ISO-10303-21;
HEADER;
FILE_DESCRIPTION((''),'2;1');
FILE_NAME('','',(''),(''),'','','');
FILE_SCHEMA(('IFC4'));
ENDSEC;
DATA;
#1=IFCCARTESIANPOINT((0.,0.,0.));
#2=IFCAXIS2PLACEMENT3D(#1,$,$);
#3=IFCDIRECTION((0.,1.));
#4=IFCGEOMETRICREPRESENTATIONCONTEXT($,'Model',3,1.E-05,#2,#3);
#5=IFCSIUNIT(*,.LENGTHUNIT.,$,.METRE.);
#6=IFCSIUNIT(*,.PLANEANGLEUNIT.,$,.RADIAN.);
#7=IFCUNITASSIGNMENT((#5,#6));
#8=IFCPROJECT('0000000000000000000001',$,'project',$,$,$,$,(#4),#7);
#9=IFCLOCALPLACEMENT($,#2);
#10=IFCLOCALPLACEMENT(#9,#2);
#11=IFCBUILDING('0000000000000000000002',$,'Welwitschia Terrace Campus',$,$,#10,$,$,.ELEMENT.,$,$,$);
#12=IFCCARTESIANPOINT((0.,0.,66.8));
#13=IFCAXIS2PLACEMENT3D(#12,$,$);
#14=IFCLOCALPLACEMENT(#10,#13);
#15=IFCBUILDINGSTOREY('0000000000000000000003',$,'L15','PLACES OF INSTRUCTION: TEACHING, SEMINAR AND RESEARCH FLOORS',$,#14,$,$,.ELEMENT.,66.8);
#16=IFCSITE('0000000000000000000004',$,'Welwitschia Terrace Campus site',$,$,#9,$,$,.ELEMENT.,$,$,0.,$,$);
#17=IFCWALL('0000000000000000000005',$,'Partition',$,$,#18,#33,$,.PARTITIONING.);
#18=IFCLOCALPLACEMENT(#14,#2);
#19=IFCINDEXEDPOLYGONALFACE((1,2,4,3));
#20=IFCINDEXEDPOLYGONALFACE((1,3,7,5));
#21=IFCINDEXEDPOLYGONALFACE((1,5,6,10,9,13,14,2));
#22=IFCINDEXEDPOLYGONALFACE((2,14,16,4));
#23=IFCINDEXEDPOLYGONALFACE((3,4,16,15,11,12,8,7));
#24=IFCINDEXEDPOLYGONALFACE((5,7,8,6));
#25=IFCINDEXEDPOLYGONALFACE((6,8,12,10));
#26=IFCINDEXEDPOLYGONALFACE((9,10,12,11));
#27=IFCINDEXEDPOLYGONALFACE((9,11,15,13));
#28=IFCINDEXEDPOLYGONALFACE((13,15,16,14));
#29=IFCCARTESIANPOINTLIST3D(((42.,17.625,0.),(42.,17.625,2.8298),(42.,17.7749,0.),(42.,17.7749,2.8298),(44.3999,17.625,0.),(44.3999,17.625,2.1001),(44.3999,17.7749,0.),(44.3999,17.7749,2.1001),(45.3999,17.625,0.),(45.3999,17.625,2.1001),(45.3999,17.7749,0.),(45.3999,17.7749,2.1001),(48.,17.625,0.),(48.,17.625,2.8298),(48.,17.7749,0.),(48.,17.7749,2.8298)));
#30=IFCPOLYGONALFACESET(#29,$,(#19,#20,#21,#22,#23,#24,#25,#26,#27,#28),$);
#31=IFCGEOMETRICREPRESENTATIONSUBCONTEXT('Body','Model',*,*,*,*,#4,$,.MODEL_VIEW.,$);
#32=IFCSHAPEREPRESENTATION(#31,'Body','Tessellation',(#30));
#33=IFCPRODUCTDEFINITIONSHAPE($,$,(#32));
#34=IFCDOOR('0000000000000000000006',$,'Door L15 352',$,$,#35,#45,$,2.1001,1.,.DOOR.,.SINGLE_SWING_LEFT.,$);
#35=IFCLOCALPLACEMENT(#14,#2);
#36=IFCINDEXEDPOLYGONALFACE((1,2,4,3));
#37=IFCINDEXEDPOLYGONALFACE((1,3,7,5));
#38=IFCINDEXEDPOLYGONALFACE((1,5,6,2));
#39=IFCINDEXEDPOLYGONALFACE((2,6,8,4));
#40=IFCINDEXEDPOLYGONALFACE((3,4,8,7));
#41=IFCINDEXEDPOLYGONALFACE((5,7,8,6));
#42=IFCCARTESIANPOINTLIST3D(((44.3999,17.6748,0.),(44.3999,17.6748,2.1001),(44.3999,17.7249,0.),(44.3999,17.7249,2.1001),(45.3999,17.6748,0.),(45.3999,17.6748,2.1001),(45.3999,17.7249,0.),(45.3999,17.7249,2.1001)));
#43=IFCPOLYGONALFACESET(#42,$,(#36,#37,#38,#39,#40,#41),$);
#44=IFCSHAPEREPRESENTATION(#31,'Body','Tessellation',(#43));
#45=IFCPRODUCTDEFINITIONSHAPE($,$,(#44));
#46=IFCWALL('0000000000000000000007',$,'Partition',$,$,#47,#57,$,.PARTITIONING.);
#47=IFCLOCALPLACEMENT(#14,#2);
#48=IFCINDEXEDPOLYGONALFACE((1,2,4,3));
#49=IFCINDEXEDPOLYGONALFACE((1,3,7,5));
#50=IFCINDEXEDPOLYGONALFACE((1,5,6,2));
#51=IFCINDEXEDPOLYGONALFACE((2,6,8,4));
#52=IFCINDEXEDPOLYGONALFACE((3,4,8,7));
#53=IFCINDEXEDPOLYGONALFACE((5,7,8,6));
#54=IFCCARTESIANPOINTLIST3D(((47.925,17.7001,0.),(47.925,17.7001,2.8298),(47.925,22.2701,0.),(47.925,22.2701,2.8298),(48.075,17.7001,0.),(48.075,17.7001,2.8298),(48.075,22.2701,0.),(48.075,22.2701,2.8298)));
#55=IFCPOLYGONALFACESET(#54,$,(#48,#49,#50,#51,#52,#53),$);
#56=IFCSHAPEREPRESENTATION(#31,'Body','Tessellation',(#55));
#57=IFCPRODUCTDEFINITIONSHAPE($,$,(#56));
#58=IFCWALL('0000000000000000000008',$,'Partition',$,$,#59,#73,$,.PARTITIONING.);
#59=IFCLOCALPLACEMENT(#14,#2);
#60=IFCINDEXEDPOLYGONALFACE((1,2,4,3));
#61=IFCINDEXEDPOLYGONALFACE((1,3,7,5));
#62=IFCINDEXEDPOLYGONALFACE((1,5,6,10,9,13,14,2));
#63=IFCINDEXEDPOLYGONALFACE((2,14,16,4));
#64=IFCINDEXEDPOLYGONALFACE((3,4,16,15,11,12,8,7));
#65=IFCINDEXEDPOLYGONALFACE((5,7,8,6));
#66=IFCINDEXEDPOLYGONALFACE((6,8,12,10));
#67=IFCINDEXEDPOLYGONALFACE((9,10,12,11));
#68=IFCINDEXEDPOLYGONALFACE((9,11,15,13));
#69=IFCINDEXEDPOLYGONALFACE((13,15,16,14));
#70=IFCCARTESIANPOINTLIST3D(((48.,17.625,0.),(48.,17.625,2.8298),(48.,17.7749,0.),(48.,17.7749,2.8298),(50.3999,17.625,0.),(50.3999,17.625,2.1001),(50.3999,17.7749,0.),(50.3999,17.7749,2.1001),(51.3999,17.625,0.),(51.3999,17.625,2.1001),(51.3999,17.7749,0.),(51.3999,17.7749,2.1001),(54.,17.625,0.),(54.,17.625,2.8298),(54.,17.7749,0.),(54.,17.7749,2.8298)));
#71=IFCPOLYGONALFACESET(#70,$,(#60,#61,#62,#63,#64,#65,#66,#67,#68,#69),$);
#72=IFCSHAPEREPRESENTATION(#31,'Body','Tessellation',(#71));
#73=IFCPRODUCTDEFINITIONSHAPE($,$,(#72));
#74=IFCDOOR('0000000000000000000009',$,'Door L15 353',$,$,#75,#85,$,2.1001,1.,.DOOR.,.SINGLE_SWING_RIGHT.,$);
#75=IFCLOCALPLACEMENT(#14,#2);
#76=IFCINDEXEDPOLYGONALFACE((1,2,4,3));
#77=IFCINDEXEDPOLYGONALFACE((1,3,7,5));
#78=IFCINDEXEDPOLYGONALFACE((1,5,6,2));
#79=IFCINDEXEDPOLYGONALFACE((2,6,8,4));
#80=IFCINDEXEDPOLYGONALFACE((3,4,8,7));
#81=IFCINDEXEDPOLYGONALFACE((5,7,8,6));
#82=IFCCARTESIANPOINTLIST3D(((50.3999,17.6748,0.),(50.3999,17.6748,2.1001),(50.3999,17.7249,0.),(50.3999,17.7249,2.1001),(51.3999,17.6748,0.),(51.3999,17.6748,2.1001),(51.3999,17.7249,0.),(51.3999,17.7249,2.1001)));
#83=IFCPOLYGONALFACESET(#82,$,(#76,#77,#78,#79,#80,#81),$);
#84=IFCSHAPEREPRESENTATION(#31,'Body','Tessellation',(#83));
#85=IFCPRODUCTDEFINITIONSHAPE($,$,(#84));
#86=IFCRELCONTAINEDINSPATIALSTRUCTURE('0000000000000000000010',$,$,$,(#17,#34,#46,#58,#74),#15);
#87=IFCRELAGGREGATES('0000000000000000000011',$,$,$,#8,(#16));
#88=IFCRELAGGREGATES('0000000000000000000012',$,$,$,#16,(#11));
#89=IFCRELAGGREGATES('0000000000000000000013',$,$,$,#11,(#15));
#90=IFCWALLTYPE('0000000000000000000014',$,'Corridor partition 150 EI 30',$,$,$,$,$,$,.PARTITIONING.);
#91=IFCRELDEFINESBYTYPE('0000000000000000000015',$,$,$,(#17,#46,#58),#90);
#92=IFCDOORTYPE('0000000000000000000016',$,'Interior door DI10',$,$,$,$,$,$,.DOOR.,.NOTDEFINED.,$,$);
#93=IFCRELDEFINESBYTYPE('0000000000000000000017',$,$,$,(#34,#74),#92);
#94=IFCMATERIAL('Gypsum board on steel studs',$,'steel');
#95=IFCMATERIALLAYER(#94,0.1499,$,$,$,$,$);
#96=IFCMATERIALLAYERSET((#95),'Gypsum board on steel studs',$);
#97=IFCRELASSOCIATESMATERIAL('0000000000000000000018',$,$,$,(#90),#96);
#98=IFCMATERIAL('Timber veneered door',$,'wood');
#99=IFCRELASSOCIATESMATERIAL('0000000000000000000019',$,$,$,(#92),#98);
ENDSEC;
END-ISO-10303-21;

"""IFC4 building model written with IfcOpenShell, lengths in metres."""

from ifc_helpers import new_model, si_unit, direction, frame, frame_2d, origin, place, context, subcontext, project, spatial, rectangle, extrude, material, layer, layer_set, type_object, element, fill, save


model = new_model("IFC4")

# Units and contexts
model_context = context("Model", 3, precision=1e-05, world=origin(), true_north=direction((0.0, 1.0)))
body_context = subcontext(model_context, "Body", "Model", "MODEL_VIEW")
ifc_project = project(units=[si_unit("LENGTHUNIT", "METRE"), si_unit("PLANEANGLEUNIT", "RADIAN")], contexts=[model_context])

# Site, building, storey
site_placement = place(None, origin())
site = spatial("IfcSite", under=ifc_project, at=site_placement, Name="Welwitschia Terrace Campus site", CompositionType="ELEMENT", RefElevation=0.0)
building_placement = place(site_placement, origin())
building = spatial("IfcBuilding", under=site, at=building_placement, Name="Welwitschia Terrace Campus", CompositionType="ELEMENT")
storey_placement = place(building_placement, frame((0.0, 0.0, 66.8)))
storey = spatial("IfcBuildingStorey", under=building, at=storey_placement, Name="L15", Description="PLACES OF INSTRUCTION: TEACHING, SEMINAR AND RESEARCH FLOORS", CompositionType="ELEMENT", Elevation=66.8)

# Shared definitions
ifc_material_1 = material(Name="Gypsum board on steel studs", Category="steel")
ifc_layer_1 = layer(ifc_material_1, 0.1499)
ifc_layer_set_1 = layer_set([ifc_layer_1], Name="Gypsum board on steel studs")
wall_type = type_object("IfcWallType", Name="Corridor partition 150 EI 30", PredefinedType="PARTITIONING", material=ifc_layer_set_1)

# Wall, opening, door
wall_1_placement = place(storey_placement, frame((42.0, 17.7, 0.0), z_axis=(0.0, 0.0, 1.0), x_axis=(1.0, 0.0, 0.0)))
wall_1 = element("IfcWall", 1, at=wall_1_placement, inside=storey, type_object=wall_type, Name="Partition", PredefinedType="PARTITIONING", context=body_context, shape_type="SweptSolid", body=[
    extrude(rectangle(XDim=6.0, YDim=0.1499, at=frame_2d((3.0, 0.0))), origin(), (0.0, 0.0, 1.0), 2.8298),
])
opening_1_placement = place(wall_1_placement, frame((2.3999, 0.0, 0.0)))
opening_1 = element("IfcOpeningElement", 2, at=opening_1_placement, cuts=wall_1, PredefinedType="OPENING", context=body_context, shape_type="SweptSolid", body=[
    extrude(rectangle(XDim=1.0, YDim=2.1001, at=frame_2d((0.5, 1.05))), frame((0.0, 0.085, 0.0), z_axis=(0.0, -1.0, 0.0), x_axis=(1.0, 0.0, 0.0)), (0.0, 0.0, 1.0), 0.1699),
])
ifc_material_2 = material(Name="Timber veneered door", Category="wood")
door_type_1 = type_object("IfcDoorType", Name="Interior door DI10", OperationType="NOTDEFINED", PredefinedType="DOOR", material=ifc_material_2)
door_1_placement = place(opening_1_placement, origin())
door_1 = element("IfcDoor", 3, at=door_1_placement, inside=storey, type_object=door_type_1, Name="Door L15 352", OperationType="SINGLE_SWING_LEFT", OverallHeight=2.1001, OverallWidth=1.0, PredefinedType="DOOR", context=body_context, shape_type="SweptSolid", body=[
    extrude(rectangle(XDim=1.0, YDim=2.1001, at=frame_2d((0.5, 1.05))), frame((0.0, 0.0249, 0.0), z_axis=(0.0, -1.0, 0.0), x_axis=(1.0, 0.0, 0.0)), (0.0, 0.0, 1.0), 0.05),
])
fill(opening_1, door_1)

# Wall
wall_2_placement = place(storey_placement, frame((48.0, 17.7, 0.0), z_axis=(0.0, 0.0, 1.0), x_axis=(0.0, 1.0, 0.0)))
element("IfcWall", 4, at=wall_2_placement, inside=storey, type_object=wall_type, Name="Partition", PredefinedType="PARTITIONING", context=body_context, shape_type="SweptSolid", body=[
    extrude(rectangle(XDim=4.5701, YDim=0.1499, at=frame_2d((2.2852, 0.0))), origin(), (0.0, 0.0, 1.0), 2.8298),
])

# Wall, opening, door
wall_3_placement = place(storey_placement, frame((48.0, 17.7, 0.0), z_axis=(0.0, 0.0, 1.0), x_axis=(1.0, 0.0, 0.0)))
wall_3 = element("IfcWall", 5, at=wall_3_placement, inside=storey, type_object=wall_type, Name="Partition", PredefinedType="PARTITIONING", context=body_context, shape_type="SweptSolid", body=[
    extrude(rectangle(XDim=6.0, YDim=0.1499, at=frame_2d((3.0, 0.0))), origin(), (0.0, 0.0, 1.0), 2.8298),
])
opening_2_placement = place(wall_3_placement, frame((2.3999, 0.0, 0.0)))
opening_2 = element("IfcOpeningElement", 6, at=opening_2_placement, cuts=wall_3, PredefinedType="OPENING", context=body_context, shape_type="SweptSolid", body=[
    extrude(rectangle(XDim=1.0, YDim=2.1001, at=frame_2d((0.5, 1.05))), frame((0.0, 0.085, 0.0), z_axis=(0.0, -1.0, 0.0), x_axis=(1.0, 0.0, 0.0)), (0.0, 0.0, 1.0), 0.1699),
])
door_2_placement = place(opening_2_placement, origin())
door_2 = element("IfcDoor", 7, at=door_2_placement, inside=storey, type_object=door_type_1, Name="Door L15 353", OperationType="SINGLE_SWING_RIGHT", OverallHeight=2.1001, OverallWidth=1.0, PredefinedType="DOOR", context=body_context, shape_type="SweptSolid", body=[
    extrude(rectangle(XDim=1.0, YDim=2.1001, at=frame_2d((0.5, 1.05))), frame((0.0, 0.0249, 0.0), z_axis=(0.0, -1.0, 0.0), x_axis=(1.0, 0.0, 0.0)), (0.0, 0.0, 1.0), 0.05),
])
fill(opening_2, door_2)

save(model, "model.ifc")
